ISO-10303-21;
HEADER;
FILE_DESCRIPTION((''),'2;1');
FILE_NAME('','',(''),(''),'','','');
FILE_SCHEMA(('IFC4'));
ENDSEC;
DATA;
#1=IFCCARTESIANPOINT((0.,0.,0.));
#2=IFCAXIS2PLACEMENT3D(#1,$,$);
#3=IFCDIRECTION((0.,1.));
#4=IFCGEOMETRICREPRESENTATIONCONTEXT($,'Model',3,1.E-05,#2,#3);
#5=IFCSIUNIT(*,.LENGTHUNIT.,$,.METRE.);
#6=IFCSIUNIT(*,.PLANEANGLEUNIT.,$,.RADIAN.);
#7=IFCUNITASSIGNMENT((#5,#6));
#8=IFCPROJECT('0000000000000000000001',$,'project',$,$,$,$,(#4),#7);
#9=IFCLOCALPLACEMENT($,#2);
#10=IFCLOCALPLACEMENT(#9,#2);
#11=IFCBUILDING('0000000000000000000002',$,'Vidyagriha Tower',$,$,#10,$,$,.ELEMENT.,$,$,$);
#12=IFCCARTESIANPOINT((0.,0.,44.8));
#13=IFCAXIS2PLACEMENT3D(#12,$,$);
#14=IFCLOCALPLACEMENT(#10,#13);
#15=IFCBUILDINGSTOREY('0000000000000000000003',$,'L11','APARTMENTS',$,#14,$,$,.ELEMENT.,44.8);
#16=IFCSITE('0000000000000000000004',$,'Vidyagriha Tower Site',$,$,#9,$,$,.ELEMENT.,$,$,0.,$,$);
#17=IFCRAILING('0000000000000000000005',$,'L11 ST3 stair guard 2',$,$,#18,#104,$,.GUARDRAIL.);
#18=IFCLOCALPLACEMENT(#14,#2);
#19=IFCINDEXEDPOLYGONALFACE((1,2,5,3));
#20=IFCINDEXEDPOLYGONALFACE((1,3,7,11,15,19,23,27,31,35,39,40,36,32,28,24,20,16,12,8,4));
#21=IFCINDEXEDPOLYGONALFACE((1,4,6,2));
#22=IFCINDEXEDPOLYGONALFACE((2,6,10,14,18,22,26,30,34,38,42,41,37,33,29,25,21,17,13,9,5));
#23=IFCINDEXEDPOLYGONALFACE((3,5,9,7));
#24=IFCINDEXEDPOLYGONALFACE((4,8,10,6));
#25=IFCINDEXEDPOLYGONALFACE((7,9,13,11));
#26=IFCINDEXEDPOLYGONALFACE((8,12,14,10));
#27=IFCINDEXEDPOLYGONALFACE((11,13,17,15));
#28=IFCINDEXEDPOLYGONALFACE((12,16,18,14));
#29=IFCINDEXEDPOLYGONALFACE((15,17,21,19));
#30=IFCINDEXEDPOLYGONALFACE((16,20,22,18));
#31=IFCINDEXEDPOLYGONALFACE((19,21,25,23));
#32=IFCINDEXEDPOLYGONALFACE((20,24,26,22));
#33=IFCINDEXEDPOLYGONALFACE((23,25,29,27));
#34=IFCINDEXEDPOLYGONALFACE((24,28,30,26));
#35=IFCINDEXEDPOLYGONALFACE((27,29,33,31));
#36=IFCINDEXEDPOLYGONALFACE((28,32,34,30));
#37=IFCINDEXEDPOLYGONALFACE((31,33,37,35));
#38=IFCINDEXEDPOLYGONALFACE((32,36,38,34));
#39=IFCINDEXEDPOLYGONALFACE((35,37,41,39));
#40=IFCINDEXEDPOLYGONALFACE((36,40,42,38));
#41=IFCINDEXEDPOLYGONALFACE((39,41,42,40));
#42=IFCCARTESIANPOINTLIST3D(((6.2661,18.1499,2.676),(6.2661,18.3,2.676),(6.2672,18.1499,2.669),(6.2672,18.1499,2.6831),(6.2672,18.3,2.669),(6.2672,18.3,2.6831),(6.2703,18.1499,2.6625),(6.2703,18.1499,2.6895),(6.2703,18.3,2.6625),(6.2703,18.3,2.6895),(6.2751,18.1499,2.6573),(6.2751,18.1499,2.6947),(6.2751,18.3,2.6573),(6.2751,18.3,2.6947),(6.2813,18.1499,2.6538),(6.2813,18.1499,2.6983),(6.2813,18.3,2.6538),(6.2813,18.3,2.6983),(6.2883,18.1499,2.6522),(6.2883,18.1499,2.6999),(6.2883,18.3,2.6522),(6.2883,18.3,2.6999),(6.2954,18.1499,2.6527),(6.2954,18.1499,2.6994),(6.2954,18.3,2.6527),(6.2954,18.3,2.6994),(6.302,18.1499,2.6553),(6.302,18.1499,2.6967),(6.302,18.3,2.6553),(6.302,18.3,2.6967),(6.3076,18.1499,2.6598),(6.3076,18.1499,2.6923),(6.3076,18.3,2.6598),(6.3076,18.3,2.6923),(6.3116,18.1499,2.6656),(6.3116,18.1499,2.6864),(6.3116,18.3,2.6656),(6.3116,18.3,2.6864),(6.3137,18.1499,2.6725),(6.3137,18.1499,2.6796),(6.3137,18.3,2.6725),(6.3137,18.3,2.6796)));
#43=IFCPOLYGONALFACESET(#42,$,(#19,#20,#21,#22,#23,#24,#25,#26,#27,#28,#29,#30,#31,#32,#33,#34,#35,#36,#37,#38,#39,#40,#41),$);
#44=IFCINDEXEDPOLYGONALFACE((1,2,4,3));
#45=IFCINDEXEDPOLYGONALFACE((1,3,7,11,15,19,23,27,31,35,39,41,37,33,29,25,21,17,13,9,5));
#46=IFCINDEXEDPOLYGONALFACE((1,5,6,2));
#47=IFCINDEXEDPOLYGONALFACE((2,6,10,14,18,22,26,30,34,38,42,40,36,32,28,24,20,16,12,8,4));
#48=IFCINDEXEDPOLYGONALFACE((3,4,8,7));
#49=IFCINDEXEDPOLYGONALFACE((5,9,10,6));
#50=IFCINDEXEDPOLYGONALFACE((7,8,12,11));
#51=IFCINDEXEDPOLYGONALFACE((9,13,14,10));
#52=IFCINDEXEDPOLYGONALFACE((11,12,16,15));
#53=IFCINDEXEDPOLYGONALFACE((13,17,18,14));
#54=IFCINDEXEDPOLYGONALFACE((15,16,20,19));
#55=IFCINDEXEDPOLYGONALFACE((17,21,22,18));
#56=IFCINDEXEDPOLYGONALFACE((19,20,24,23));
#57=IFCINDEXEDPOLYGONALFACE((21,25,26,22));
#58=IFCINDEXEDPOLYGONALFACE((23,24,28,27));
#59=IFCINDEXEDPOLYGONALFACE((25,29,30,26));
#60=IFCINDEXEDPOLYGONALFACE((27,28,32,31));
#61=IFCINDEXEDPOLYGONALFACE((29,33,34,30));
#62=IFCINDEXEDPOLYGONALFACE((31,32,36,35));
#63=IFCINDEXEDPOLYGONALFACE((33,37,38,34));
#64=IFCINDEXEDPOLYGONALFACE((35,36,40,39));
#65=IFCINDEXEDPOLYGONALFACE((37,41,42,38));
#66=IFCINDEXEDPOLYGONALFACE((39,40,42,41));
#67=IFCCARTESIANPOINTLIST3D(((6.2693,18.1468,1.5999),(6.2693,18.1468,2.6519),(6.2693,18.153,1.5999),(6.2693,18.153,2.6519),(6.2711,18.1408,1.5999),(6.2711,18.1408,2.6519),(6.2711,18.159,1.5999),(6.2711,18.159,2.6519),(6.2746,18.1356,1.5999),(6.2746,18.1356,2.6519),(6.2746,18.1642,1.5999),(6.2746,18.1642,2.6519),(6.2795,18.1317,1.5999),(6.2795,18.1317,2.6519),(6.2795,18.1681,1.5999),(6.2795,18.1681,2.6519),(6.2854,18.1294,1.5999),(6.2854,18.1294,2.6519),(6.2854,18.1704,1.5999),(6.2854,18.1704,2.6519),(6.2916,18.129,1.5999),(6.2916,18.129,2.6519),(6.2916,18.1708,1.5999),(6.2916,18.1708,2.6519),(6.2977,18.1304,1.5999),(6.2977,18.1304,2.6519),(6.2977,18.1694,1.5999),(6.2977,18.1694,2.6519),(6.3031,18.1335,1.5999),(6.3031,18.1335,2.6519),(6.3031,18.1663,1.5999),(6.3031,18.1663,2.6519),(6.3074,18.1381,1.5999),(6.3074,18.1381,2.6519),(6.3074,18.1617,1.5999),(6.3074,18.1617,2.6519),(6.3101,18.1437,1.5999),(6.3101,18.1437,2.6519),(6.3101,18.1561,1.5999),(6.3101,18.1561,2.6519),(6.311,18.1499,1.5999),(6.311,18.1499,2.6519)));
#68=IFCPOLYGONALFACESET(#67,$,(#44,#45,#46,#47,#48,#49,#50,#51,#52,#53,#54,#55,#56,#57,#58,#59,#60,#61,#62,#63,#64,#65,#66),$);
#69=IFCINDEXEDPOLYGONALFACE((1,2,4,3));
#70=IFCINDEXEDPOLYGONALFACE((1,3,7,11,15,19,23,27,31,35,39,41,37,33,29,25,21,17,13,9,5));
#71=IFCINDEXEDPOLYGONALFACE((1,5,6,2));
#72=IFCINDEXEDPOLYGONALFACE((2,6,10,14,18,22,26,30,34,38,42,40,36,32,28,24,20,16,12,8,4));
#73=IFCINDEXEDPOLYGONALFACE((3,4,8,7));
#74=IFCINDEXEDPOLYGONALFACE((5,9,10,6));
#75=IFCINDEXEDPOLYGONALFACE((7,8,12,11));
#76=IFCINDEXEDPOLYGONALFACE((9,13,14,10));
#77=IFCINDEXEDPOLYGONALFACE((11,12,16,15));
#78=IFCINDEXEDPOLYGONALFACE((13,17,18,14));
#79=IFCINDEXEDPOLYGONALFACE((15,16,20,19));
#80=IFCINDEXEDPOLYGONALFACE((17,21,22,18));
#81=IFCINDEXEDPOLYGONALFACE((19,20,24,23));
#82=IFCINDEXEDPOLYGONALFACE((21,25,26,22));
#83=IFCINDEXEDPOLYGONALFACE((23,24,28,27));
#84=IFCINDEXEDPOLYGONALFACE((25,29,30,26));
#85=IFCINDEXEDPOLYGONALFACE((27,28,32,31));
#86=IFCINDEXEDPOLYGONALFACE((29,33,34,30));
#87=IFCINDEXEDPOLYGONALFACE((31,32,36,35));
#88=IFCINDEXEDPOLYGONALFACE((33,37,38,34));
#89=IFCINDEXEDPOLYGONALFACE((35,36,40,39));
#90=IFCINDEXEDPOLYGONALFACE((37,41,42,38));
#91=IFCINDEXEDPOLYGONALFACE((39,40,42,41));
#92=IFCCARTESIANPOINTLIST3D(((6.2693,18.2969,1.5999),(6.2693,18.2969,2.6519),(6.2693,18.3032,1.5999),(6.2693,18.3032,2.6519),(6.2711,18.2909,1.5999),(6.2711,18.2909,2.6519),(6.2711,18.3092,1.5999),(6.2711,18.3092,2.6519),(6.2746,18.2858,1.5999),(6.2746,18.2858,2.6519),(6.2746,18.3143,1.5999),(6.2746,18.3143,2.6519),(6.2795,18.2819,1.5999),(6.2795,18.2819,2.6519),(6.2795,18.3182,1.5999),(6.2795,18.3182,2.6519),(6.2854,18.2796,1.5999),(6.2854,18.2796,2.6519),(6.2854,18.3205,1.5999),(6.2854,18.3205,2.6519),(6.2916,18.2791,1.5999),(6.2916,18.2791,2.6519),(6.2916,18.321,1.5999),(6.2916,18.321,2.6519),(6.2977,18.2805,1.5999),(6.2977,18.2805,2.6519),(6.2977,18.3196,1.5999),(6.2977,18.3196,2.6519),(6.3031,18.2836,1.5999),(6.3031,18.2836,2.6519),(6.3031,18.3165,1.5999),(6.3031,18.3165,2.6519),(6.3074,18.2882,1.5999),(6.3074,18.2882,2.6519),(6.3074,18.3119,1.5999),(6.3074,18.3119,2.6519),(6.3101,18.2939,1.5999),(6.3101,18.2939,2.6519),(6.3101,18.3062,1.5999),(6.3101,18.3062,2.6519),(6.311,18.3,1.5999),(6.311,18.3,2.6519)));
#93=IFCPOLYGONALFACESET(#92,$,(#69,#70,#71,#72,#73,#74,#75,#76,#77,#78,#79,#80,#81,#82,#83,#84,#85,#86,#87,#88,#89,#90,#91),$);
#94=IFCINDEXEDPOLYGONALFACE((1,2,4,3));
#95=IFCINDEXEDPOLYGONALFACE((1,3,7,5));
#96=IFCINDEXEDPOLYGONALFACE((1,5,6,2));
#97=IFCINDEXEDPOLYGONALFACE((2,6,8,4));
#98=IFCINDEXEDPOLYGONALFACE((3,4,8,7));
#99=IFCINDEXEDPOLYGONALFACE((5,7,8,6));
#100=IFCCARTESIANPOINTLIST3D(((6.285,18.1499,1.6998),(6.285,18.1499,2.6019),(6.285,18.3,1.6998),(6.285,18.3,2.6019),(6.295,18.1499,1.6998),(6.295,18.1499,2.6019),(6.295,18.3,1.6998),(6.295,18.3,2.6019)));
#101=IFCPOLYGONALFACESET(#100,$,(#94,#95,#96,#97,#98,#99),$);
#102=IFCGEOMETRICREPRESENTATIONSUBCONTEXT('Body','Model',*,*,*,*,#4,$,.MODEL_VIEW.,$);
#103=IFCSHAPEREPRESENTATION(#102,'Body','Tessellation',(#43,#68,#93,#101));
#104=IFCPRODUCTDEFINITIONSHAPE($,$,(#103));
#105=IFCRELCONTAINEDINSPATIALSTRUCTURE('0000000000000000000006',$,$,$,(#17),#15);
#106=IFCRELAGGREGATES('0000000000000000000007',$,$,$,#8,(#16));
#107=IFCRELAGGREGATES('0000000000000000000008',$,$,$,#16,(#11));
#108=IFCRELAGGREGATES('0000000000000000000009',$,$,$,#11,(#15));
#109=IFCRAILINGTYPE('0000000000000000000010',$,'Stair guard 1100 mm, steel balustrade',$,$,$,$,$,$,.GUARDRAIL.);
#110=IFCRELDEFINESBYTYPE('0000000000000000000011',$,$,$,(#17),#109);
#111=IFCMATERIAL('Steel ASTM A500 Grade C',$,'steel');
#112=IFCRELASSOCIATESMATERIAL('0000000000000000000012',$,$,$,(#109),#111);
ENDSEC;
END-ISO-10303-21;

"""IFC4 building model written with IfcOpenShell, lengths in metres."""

from ifc_helpers import new_model, si_unit, direction, frame, origin, origin_2d, place, context, subcontext, project, spatial, rectangle, circle, extrude, material, type_object, element, save


model = new_model("IFC4")

# Units and contexts
model_context = context("Model", 3, precision=1e-05, world=origin(), true_north=direction((0.0, 1.0)))
body_context = subcontext(model_context, "Body", "Model", "MODEL_VIEW")
ifc_project = project(units=[si_unit("LENGTHUNIT", "METRE"), si_unit("PLANEANGLEUNIT", "RADIAN")], contexts=[model_context])

# Site, building, storey
site_placement = place(None, origin())
site = spatial("IfcSite", under=ifc_project, at=site_placement, Name="Vidyagriha Tower Site", CompositionType="ELEMENT", RefElevation=0.0)
building_placement = place(site_placement, origin())
building = spatial("IfcBuilding", under=site, at=building_placement, Name="Vidyagriha Tower", CompositionType="ELEMENT")
storey_placement = place(building_placement, frame((0.0, 0.0, 44.8)))
storey = spatial("IfcBuildingStorey", under=building, at=storey_placement, Name="L11", Description="APARTMENTS", CompositionType="ELEMENT", Elevation=44.8)

# Railing
ifc_material_1 = material(Name="Steel ASTM A500 Grade C", Category="steel")
railing_type_1 = type_object("IfcRailingType", Name="Stair guard 1100 mm, steel balustrade", PredefinedType="GUARDRAIL", material=ifc_material_1)
railing_1_placement = place(storey_placement, frame((6.29, 18.1499, 1.5999)))
element("IfcRailing", 1, at=railing_1_placement, inside=storey, type_object=railing_type_1, Name="L11 ST3 stair guard 2", PredefinedType="GUARDRAIL", context=body_context, shape_type="SweptSolid", body=[
    extrude(circle(Radius=0.0239, at=origin_2d()), frame((0.0, 0.0, 1.0762), z_axis=(0.0, 1.0, 0.0), x_axis=(-1.0, 0.0, 0.0)), (0.0, 0.0, 1.0), 0.1501),
    extrude(circle(Radius=0.021, at=origin_2d()), origin(), (0.0, 0.0, 1.0), 1.052),
    extrude(circle(Radius=0.021, at=origin_2d()), frame((0.0, 0.1501, 0.0)), (0.0, 0.0, 1.0), 1.052),
    extrude(rectangle(XDim=0.01, YDim=0.9021, at=origin_2d()), frame((0.0, 0.0, 0.551), z_axis=(0.0, 1.0, 0.0), x_axis=(-1.0, 0.0, 0.0)), (0.0, 0.0, 1.0), 0.1501),
])

save(model, "model.ifc")
